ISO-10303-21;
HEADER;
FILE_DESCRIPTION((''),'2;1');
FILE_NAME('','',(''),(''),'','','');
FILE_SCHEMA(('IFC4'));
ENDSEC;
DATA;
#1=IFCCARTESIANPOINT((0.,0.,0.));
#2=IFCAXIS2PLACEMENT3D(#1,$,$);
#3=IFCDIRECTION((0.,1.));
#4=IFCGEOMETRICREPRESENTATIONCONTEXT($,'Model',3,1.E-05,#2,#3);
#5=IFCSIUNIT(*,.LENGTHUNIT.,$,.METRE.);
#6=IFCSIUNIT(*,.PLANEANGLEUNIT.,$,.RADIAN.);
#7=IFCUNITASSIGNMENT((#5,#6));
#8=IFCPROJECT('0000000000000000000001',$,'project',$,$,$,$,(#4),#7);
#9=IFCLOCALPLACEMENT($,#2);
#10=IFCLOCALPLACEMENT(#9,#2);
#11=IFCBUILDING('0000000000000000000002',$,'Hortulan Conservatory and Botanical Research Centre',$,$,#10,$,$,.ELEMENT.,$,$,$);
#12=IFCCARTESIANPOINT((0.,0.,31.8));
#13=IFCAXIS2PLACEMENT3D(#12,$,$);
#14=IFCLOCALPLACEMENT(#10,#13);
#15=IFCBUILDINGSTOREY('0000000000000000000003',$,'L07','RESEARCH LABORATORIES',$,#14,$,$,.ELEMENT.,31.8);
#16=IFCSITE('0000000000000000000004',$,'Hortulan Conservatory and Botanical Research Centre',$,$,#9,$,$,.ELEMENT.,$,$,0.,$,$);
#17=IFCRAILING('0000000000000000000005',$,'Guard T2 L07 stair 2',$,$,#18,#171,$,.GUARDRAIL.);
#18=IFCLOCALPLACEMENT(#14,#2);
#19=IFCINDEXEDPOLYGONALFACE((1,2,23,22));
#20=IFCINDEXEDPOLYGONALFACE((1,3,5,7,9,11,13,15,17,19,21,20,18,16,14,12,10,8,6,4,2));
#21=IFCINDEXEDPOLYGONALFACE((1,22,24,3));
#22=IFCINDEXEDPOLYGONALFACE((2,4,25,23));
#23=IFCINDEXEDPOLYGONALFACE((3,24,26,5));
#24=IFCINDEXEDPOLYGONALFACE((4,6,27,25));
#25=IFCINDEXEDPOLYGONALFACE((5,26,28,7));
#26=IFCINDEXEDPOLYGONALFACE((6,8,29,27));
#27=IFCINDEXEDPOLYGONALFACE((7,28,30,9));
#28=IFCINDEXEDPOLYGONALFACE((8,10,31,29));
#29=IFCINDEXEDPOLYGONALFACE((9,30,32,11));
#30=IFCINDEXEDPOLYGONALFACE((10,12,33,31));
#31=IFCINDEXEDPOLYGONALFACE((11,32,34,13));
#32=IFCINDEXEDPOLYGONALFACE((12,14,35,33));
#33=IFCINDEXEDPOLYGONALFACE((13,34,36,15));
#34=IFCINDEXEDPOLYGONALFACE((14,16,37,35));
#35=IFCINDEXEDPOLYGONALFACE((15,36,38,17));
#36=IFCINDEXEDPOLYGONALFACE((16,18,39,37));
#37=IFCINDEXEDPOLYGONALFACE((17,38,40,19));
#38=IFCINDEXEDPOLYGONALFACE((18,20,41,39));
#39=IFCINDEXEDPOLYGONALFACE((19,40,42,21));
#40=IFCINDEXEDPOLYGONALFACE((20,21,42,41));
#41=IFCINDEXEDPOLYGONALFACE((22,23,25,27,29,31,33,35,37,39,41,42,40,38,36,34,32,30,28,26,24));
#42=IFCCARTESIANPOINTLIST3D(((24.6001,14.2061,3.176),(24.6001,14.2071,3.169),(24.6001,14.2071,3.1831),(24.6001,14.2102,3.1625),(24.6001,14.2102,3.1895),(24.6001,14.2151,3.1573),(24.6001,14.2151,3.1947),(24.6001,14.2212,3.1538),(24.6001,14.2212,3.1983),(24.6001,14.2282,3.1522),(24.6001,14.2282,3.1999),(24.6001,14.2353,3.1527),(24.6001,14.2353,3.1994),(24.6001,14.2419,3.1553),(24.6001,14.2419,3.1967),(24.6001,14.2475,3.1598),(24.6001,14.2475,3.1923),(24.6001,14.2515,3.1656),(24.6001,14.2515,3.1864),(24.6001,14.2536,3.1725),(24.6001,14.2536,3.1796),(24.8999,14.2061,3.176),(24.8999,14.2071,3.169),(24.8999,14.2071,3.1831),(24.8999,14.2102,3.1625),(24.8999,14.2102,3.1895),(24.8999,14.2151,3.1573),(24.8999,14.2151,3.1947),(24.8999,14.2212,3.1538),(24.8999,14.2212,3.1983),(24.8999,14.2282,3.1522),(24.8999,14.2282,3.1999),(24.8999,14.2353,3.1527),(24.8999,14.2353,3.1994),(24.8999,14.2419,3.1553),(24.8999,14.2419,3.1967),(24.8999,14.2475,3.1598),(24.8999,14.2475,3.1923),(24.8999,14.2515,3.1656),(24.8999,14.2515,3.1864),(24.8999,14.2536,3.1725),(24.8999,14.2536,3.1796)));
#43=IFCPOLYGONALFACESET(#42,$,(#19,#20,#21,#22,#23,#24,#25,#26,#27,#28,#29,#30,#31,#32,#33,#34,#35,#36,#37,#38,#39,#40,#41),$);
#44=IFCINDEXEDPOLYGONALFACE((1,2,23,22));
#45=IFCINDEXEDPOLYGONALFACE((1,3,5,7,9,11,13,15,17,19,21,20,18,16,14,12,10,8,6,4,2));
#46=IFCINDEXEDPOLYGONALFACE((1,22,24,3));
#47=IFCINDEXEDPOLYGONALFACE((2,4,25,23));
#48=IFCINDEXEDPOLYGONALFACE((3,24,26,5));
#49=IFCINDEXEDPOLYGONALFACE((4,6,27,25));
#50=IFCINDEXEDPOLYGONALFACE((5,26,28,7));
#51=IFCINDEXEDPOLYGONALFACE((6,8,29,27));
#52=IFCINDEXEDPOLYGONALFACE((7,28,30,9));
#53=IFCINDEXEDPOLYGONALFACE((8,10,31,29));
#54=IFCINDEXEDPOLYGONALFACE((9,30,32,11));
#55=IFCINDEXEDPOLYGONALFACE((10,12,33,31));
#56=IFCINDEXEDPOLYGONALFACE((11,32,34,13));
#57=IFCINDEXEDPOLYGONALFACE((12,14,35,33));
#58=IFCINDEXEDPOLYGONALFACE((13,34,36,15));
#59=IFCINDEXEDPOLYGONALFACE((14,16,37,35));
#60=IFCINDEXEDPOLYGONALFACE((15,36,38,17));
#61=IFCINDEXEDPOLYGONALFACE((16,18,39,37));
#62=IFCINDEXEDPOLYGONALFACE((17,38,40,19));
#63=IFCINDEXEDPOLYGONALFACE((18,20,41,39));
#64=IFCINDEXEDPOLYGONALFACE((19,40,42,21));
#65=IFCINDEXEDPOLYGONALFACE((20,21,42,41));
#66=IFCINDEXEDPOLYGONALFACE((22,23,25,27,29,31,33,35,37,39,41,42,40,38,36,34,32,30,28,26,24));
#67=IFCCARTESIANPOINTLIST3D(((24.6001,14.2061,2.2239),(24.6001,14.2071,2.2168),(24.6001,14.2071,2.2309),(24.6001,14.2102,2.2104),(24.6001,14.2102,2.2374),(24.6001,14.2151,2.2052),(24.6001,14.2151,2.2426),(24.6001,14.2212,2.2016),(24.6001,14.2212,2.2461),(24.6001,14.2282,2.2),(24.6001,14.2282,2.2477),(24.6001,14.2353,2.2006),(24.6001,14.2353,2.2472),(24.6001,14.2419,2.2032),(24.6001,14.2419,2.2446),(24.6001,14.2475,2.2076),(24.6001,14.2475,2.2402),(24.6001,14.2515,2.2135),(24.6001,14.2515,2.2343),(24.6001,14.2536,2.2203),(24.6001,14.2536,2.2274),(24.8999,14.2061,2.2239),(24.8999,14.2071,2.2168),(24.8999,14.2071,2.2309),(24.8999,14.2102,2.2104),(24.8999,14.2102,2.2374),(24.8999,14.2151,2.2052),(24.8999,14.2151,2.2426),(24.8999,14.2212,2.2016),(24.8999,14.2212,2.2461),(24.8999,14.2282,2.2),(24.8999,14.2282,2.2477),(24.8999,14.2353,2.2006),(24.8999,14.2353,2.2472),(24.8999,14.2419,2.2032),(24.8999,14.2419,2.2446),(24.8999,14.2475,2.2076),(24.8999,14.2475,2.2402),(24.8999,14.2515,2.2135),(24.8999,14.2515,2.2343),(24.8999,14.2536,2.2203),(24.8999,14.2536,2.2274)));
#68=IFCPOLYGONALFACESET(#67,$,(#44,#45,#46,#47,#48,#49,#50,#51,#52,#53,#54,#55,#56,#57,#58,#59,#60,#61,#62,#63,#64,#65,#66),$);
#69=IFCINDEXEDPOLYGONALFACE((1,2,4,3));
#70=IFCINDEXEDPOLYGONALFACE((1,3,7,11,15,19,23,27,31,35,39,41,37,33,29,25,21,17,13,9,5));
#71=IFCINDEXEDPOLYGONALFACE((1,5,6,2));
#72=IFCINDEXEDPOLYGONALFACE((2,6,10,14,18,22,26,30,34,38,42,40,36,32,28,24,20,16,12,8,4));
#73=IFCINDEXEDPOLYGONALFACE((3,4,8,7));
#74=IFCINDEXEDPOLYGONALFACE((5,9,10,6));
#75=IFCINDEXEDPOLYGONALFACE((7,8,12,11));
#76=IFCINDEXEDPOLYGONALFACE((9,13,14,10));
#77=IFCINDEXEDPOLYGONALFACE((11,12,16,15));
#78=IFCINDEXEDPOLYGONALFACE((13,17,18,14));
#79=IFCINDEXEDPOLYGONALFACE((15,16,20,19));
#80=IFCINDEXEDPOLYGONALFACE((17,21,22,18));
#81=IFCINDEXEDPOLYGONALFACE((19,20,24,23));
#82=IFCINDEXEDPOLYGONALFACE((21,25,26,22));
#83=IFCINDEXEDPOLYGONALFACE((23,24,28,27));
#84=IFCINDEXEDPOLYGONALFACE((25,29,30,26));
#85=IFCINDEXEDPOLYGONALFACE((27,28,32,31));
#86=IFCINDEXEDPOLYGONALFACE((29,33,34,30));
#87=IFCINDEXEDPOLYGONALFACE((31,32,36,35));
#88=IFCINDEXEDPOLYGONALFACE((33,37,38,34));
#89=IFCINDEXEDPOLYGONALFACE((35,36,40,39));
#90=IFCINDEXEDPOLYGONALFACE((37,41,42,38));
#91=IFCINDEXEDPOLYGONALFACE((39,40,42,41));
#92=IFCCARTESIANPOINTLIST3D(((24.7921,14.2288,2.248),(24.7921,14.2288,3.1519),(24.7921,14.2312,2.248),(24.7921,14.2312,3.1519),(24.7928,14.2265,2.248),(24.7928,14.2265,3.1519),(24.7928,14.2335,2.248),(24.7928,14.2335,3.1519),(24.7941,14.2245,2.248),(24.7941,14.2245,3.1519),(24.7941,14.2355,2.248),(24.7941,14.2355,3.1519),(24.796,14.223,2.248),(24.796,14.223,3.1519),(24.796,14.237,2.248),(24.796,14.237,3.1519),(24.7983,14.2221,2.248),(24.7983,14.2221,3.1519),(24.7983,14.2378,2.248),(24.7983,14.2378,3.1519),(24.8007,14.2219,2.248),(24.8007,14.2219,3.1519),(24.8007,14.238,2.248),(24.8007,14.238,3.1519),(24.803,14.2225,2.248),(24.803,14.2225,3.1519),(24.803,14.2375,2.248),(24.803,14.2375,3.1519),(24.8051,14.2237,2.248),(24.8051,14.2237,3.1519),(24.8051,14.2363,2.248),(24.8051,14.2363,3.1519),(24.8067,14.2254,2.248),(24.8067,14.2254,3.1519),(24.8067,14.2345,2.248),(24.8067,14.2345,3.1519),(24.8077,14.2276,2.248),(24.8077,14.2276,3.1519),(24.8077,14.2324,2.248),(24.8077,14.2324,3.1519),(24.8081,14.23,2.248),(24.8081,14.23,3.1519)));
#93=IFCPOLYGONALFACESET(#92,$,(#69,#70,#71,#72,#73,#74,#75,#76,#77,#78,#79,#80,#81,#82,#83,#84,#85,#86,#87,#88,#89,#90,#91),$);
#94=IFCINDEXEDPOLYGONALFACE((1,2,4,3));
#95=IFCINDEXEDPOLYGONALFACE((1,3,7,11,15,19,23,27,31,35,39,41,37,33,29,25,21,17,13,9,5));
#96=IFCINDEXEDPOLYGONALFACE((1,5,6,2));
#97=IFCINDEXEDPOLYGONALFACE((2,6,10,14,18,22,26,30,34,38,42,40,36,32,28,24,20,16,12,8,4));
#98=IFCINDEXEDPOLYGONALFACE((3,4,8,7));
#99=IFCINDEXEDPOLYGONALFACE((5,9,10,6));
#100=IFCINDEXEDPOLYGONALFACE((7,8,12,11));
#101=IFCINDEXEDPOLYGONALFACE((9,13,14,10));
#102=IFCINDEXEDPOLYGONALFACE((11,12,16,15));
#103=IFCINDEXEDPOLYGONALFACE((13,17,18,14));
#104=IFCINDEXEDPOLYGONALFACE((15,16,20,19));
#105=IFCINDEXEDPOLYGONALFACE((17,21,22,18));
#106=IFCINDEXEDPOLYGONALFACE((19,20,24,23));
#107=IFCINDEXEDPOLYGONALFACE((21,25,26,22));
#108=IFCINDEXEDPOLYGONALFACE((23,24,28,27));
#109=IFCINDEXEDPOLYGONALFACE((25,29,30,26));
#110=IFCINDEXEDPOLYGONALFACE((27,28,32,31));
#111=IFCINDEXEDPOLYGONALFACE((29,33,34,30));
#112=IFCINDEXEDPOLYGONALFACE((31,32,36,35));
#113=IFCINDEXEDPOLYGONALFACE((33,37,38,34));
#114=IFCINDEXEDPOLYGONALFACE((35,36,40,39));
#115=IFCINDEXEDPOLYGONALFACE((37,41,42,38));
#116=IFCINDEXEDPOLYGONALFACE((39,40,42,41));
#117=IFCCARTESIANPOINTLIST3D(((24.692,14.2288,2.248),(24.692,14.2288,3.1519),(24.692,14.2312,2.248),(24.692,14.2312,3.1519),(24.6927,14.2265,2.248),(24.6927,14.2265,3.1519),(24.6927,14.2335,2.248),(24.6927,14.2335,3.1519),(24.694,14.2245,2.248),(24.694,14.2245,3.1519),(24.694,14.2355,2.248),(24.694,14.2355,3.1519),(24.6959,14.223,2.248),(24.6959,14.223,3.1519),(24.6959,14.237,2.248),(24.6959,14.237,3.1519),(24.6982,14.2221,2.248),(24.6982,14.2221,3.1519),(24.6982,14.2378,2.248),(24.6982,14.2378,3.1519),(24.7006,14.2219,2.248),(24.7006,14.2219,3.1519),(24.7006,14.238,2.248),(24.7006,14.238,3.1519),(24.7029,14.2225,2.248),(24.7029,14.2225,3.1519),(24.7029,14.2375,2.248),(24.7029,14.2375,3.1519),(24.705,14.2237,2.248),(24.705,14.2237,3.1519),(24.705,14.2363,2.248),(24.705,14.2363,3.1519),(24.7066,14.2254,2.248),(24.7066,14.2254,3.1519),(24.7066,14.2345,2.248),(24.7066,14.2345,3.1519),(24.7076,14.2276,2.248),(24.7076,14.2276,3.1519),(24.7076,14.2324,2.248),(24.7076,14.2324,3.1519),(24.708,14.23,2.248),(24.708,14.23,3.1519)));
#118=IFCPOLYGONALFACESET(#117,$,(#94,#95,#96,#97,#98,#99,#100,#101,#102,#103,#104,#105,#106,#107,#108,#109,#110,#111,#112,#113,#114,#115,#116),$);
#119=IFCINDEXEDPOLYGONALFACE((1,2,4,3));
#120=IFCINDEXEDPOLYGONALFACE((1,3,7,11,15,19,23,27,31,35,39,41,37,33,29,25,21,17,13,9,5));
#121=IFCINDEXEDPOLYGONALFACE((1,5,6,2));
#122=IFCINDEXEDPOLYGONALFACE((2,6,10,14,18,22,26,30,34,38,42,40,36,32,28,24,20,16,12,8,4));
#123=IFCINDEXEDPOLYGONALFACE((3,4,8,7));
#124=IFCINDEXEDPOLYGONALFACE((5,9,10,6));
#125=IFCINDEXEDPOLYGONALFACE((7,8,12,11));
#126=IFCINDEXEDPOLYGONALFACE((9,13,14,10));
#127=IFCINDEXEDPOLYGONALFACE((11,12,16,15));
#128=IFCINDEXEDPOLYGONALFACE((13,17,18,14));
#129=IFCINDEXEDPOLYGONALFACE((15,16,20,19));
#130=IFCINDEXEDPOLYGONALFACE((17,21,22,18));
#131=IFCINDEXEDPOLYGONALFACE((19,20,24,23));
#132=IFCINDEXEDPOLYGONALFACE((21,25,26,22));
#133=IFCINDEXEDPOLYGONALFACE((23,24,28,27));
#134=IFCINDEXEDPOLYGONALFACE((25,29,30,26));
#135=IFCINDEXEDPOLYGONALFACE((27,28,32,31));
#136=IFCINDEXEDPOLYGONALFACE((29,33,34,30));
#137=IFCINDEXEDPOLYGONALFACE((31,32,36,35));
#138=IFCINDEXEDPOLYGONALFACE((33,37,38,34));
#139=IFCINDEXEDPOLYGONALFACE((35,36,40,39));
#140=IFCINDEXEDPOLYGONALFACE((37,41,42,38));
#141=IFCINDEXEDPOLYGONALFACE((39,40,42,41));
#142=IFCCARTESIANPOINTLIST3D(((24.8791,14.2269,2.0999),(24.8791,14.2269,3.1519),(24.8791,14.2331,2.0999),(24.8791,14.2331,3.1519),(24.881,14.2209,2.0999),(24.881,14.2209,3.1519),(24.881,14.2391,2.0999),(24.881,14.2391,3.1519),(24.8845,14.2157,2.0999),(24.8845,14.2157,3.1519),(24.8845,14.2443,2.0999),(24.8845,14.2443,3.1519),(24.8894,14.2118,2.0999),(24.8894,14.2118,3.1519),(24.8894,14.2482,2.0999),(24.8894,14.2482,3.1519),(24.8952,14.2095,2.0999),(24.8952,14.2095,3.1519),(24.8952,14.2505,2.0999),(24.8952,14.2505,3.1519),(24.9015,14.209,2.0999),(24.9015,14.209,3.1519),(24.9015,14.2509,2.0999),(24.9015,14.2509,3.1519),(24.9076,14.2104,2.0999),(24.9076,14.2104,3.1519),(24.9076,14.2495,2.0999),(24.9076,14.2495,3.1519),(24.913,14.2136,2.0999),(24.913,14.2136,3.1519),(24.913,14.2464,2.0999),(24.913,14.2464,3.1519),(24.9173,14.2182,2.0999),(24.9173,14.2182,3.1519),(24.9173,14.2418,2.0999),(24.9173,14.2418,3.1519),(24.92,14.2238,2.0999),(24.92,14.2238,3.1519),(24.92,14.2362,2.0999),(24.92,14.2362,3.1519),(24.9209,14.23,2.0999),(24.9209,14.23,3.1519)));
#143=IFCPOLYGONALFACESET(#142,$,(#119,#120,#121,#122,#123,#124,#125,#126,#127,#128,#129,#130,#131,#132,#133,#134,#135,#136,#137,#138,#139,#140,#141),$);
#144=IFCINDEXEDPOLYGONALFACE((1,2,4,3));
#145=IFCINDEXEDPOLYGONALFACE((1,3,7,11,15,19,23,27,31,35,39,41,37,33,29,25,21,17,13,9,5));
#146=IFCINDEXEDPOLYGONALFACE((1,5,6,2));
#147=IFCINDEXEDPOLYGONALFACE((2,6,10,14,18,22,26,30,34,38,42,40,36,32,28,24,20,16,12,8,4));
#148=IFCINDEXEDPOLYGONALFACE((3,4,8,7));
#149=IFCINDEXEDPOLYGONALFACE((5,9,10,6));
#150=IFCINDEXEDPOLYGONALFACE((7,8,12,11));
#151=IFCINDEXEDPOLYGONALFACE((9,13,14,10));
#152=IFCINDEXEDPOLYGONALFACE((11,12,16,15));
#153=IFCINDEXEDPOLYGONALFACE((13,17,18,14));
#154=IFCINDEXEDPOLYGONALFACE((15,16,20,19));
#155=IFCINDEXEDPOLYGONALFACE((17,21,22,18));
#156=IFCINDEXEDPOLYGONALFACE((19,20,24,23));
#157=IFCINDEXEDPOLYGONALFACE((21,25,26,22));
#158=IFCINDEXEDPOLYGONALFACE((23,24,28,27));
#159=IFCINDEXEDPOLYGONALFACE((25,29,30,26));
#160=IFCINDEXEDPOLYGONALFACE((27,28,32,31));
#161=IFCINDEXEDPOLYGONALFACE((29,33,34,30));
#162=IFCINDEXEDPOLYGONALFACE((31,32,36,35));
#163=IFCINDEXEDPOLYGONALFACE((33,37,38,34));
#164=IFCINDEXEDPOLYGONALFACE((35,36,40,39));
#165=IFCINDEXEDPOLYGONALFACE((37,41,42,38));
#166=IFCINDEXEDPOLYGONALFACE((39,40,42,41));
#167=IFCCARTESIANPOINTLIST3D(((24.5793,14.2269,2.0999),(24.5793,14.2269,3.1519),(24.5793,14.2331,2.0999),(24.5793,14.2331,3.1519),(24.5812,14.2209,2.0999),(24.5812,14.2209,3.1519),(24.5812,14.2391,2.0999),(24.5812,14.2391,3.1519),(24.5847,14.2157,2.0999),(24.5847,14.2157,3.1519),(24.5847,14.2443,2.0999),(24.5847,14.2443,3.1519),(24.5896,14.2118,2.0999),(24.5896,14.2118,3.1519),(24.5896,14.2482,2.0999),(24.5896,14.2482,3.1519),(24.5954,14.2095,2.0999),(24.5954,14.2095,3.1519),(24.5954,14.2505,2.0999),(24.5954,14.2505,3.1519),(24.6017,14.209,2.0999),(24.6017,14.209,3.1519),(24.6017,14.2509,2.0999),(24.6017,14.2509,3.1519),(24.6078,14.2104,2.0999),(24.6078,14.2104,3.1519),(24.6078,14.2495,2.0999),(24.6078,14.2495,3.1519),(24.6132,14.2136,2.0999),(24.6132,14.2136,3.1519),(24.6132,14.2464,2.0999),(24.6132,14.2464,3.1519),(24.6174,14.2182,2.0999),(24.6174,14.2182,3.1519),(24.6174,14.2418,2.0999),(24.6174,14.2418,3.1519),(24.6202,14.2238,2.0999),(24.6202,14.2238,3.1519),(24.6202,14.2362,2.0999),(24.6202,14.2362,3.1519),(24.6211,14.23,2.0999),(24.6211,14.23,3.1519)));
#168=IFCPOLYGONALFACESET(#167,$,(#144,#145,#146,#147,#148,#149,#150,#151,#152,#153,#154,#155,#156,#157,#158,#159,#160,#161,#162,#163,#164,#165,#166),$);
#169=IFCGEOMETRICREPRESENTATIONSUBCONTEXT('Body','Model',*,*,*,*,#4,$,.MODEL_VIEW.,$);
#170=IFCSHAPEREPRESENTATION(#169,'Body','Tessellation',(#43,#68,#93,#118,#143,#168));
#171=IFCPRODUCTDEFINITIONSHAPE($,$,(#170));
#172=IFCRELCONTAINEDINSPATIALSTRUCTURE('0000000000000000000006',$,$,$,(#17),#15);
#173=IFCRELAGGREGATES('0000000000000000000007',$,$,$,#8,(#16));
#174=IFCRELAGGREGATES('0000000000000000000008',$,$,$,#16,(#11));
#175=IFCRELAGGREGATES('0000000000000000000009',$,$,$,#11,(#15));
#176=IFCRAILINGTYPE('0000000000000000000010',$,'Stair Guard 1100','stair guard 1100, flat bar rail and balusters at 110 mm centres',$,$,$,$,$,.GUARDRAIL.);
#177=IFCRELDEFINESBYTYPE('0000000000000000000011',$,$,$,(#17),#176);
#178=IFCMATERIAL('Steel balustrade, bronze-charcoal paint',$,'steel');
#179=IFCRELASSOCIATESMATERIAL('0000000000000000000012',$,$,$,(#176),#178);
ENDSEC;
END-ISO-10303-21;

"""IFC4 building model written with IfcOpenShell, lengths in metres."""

from ifc_helpers import new_model, si_unit, direction, frame, origin, origin_2d, place, context, subcontext, project, spatial, circle, extrude, material, type_object, element, save


model = new_model("IFC4")

# Units and contexts
model_context = context("Model", 3, precision=1e-05, world=origin(), true_north=direction((0.0, 1.0)))
body_context = subcontext(model_context, "Body", "Model", "MODEL_VIEW")
ifc_project = project(units=[si_unit("LENGTHUNIT", "METRE"), si_unit("PLANEANGLEUNIT", "RADIAN")], contexts=[model_context])

# Site, building, storey
site_placement = place(None, origin())
site = spatial("IfcSite", under=ifc_project, at=site_placement, Name="Hortulan Conservatory and Botanical Research Centre", CompositionType="ELEMENT", RefElevation=0.0)
building_placement = place(site_placement, origin())
building = spatial("IfcBuilding", under=site, at=building_placement, Name="Hortulan Conservatory and Botanical Research Centre", CompositionType="ELEMENT")
storey_placement = place(building_placement, frame((0.0, 0.0, 31.8)))
storey = spatial("IfcBuildingStorey", under=building, at=storey_placement, Name="L07", Description="RESEARCH LABORATORIES", CompositionType="ELEMENT", Elevation=31.8)

# Railing
ifc_material_1 = material(Name="Steel balustrade, bronze-charcoal paint", Category="steel")
railing_type_1 = type_object("IfcRailingType", Name="Stair Guard 1100", Description="stair guard 1100, flat bar rail and balusters at 110 mm centres", PredefinedType="GUARDRAIL", material=ifc_material_1)
railing_1_placement = place(storey_placement, frame((24.8999, 14.23, 2.0999)))
element("IfcRailing", 1, at=railing_1_placement, inside=storey, type_object=railing_type_1, Name="Guard T2 L07 stair 2", PredefinedType="GUARDRAIL", context=body_context, shape_type="SweptSolid", body=[
    extrude(circle(Radius=0.0239, at=origin_2d()), frame((0.0, 0.0, 1.0762), z_axis=(-1.0, 0.0, 0.0), x_axis=(0.0, -1.0, 0.0)), (0.0, 0.0, 1.0), 0.2998),
    extrude(circle(Radius=0.0239, at=origin_2d()), frame((0.0, 0.0, 0.124), z_axis=(-1.0, 0.0, 0.0), x_axis=(0.0, -1.0, 0.0)), (0.0, 0.0, 1.0), 0.2998),
    extrude(circle(Radius=0.0081, at=origin_2d()), frame((-0.0999, 0.0, 0.1482)), (0.0, 0.0, 1.0), 0.9038),
    extrude(circle(Radius=0.0081, at=origin_2d()), frame((-0.2, 0.0, 0.1482)), (0.0, 0.0, 1.0), 0.9038),
    extrude(circle(Radius=0.021, at=origin_2d()), origin(), (0.0, 0.0, 1.0), 1.052),
    extrude(circle(Radius=0.021, at=origin_2d()), frame((-0.2998, 0.0, 0.0)), (0.0, 0.0, 1.0), 1.052),
])

save(model, "model.ifc")
